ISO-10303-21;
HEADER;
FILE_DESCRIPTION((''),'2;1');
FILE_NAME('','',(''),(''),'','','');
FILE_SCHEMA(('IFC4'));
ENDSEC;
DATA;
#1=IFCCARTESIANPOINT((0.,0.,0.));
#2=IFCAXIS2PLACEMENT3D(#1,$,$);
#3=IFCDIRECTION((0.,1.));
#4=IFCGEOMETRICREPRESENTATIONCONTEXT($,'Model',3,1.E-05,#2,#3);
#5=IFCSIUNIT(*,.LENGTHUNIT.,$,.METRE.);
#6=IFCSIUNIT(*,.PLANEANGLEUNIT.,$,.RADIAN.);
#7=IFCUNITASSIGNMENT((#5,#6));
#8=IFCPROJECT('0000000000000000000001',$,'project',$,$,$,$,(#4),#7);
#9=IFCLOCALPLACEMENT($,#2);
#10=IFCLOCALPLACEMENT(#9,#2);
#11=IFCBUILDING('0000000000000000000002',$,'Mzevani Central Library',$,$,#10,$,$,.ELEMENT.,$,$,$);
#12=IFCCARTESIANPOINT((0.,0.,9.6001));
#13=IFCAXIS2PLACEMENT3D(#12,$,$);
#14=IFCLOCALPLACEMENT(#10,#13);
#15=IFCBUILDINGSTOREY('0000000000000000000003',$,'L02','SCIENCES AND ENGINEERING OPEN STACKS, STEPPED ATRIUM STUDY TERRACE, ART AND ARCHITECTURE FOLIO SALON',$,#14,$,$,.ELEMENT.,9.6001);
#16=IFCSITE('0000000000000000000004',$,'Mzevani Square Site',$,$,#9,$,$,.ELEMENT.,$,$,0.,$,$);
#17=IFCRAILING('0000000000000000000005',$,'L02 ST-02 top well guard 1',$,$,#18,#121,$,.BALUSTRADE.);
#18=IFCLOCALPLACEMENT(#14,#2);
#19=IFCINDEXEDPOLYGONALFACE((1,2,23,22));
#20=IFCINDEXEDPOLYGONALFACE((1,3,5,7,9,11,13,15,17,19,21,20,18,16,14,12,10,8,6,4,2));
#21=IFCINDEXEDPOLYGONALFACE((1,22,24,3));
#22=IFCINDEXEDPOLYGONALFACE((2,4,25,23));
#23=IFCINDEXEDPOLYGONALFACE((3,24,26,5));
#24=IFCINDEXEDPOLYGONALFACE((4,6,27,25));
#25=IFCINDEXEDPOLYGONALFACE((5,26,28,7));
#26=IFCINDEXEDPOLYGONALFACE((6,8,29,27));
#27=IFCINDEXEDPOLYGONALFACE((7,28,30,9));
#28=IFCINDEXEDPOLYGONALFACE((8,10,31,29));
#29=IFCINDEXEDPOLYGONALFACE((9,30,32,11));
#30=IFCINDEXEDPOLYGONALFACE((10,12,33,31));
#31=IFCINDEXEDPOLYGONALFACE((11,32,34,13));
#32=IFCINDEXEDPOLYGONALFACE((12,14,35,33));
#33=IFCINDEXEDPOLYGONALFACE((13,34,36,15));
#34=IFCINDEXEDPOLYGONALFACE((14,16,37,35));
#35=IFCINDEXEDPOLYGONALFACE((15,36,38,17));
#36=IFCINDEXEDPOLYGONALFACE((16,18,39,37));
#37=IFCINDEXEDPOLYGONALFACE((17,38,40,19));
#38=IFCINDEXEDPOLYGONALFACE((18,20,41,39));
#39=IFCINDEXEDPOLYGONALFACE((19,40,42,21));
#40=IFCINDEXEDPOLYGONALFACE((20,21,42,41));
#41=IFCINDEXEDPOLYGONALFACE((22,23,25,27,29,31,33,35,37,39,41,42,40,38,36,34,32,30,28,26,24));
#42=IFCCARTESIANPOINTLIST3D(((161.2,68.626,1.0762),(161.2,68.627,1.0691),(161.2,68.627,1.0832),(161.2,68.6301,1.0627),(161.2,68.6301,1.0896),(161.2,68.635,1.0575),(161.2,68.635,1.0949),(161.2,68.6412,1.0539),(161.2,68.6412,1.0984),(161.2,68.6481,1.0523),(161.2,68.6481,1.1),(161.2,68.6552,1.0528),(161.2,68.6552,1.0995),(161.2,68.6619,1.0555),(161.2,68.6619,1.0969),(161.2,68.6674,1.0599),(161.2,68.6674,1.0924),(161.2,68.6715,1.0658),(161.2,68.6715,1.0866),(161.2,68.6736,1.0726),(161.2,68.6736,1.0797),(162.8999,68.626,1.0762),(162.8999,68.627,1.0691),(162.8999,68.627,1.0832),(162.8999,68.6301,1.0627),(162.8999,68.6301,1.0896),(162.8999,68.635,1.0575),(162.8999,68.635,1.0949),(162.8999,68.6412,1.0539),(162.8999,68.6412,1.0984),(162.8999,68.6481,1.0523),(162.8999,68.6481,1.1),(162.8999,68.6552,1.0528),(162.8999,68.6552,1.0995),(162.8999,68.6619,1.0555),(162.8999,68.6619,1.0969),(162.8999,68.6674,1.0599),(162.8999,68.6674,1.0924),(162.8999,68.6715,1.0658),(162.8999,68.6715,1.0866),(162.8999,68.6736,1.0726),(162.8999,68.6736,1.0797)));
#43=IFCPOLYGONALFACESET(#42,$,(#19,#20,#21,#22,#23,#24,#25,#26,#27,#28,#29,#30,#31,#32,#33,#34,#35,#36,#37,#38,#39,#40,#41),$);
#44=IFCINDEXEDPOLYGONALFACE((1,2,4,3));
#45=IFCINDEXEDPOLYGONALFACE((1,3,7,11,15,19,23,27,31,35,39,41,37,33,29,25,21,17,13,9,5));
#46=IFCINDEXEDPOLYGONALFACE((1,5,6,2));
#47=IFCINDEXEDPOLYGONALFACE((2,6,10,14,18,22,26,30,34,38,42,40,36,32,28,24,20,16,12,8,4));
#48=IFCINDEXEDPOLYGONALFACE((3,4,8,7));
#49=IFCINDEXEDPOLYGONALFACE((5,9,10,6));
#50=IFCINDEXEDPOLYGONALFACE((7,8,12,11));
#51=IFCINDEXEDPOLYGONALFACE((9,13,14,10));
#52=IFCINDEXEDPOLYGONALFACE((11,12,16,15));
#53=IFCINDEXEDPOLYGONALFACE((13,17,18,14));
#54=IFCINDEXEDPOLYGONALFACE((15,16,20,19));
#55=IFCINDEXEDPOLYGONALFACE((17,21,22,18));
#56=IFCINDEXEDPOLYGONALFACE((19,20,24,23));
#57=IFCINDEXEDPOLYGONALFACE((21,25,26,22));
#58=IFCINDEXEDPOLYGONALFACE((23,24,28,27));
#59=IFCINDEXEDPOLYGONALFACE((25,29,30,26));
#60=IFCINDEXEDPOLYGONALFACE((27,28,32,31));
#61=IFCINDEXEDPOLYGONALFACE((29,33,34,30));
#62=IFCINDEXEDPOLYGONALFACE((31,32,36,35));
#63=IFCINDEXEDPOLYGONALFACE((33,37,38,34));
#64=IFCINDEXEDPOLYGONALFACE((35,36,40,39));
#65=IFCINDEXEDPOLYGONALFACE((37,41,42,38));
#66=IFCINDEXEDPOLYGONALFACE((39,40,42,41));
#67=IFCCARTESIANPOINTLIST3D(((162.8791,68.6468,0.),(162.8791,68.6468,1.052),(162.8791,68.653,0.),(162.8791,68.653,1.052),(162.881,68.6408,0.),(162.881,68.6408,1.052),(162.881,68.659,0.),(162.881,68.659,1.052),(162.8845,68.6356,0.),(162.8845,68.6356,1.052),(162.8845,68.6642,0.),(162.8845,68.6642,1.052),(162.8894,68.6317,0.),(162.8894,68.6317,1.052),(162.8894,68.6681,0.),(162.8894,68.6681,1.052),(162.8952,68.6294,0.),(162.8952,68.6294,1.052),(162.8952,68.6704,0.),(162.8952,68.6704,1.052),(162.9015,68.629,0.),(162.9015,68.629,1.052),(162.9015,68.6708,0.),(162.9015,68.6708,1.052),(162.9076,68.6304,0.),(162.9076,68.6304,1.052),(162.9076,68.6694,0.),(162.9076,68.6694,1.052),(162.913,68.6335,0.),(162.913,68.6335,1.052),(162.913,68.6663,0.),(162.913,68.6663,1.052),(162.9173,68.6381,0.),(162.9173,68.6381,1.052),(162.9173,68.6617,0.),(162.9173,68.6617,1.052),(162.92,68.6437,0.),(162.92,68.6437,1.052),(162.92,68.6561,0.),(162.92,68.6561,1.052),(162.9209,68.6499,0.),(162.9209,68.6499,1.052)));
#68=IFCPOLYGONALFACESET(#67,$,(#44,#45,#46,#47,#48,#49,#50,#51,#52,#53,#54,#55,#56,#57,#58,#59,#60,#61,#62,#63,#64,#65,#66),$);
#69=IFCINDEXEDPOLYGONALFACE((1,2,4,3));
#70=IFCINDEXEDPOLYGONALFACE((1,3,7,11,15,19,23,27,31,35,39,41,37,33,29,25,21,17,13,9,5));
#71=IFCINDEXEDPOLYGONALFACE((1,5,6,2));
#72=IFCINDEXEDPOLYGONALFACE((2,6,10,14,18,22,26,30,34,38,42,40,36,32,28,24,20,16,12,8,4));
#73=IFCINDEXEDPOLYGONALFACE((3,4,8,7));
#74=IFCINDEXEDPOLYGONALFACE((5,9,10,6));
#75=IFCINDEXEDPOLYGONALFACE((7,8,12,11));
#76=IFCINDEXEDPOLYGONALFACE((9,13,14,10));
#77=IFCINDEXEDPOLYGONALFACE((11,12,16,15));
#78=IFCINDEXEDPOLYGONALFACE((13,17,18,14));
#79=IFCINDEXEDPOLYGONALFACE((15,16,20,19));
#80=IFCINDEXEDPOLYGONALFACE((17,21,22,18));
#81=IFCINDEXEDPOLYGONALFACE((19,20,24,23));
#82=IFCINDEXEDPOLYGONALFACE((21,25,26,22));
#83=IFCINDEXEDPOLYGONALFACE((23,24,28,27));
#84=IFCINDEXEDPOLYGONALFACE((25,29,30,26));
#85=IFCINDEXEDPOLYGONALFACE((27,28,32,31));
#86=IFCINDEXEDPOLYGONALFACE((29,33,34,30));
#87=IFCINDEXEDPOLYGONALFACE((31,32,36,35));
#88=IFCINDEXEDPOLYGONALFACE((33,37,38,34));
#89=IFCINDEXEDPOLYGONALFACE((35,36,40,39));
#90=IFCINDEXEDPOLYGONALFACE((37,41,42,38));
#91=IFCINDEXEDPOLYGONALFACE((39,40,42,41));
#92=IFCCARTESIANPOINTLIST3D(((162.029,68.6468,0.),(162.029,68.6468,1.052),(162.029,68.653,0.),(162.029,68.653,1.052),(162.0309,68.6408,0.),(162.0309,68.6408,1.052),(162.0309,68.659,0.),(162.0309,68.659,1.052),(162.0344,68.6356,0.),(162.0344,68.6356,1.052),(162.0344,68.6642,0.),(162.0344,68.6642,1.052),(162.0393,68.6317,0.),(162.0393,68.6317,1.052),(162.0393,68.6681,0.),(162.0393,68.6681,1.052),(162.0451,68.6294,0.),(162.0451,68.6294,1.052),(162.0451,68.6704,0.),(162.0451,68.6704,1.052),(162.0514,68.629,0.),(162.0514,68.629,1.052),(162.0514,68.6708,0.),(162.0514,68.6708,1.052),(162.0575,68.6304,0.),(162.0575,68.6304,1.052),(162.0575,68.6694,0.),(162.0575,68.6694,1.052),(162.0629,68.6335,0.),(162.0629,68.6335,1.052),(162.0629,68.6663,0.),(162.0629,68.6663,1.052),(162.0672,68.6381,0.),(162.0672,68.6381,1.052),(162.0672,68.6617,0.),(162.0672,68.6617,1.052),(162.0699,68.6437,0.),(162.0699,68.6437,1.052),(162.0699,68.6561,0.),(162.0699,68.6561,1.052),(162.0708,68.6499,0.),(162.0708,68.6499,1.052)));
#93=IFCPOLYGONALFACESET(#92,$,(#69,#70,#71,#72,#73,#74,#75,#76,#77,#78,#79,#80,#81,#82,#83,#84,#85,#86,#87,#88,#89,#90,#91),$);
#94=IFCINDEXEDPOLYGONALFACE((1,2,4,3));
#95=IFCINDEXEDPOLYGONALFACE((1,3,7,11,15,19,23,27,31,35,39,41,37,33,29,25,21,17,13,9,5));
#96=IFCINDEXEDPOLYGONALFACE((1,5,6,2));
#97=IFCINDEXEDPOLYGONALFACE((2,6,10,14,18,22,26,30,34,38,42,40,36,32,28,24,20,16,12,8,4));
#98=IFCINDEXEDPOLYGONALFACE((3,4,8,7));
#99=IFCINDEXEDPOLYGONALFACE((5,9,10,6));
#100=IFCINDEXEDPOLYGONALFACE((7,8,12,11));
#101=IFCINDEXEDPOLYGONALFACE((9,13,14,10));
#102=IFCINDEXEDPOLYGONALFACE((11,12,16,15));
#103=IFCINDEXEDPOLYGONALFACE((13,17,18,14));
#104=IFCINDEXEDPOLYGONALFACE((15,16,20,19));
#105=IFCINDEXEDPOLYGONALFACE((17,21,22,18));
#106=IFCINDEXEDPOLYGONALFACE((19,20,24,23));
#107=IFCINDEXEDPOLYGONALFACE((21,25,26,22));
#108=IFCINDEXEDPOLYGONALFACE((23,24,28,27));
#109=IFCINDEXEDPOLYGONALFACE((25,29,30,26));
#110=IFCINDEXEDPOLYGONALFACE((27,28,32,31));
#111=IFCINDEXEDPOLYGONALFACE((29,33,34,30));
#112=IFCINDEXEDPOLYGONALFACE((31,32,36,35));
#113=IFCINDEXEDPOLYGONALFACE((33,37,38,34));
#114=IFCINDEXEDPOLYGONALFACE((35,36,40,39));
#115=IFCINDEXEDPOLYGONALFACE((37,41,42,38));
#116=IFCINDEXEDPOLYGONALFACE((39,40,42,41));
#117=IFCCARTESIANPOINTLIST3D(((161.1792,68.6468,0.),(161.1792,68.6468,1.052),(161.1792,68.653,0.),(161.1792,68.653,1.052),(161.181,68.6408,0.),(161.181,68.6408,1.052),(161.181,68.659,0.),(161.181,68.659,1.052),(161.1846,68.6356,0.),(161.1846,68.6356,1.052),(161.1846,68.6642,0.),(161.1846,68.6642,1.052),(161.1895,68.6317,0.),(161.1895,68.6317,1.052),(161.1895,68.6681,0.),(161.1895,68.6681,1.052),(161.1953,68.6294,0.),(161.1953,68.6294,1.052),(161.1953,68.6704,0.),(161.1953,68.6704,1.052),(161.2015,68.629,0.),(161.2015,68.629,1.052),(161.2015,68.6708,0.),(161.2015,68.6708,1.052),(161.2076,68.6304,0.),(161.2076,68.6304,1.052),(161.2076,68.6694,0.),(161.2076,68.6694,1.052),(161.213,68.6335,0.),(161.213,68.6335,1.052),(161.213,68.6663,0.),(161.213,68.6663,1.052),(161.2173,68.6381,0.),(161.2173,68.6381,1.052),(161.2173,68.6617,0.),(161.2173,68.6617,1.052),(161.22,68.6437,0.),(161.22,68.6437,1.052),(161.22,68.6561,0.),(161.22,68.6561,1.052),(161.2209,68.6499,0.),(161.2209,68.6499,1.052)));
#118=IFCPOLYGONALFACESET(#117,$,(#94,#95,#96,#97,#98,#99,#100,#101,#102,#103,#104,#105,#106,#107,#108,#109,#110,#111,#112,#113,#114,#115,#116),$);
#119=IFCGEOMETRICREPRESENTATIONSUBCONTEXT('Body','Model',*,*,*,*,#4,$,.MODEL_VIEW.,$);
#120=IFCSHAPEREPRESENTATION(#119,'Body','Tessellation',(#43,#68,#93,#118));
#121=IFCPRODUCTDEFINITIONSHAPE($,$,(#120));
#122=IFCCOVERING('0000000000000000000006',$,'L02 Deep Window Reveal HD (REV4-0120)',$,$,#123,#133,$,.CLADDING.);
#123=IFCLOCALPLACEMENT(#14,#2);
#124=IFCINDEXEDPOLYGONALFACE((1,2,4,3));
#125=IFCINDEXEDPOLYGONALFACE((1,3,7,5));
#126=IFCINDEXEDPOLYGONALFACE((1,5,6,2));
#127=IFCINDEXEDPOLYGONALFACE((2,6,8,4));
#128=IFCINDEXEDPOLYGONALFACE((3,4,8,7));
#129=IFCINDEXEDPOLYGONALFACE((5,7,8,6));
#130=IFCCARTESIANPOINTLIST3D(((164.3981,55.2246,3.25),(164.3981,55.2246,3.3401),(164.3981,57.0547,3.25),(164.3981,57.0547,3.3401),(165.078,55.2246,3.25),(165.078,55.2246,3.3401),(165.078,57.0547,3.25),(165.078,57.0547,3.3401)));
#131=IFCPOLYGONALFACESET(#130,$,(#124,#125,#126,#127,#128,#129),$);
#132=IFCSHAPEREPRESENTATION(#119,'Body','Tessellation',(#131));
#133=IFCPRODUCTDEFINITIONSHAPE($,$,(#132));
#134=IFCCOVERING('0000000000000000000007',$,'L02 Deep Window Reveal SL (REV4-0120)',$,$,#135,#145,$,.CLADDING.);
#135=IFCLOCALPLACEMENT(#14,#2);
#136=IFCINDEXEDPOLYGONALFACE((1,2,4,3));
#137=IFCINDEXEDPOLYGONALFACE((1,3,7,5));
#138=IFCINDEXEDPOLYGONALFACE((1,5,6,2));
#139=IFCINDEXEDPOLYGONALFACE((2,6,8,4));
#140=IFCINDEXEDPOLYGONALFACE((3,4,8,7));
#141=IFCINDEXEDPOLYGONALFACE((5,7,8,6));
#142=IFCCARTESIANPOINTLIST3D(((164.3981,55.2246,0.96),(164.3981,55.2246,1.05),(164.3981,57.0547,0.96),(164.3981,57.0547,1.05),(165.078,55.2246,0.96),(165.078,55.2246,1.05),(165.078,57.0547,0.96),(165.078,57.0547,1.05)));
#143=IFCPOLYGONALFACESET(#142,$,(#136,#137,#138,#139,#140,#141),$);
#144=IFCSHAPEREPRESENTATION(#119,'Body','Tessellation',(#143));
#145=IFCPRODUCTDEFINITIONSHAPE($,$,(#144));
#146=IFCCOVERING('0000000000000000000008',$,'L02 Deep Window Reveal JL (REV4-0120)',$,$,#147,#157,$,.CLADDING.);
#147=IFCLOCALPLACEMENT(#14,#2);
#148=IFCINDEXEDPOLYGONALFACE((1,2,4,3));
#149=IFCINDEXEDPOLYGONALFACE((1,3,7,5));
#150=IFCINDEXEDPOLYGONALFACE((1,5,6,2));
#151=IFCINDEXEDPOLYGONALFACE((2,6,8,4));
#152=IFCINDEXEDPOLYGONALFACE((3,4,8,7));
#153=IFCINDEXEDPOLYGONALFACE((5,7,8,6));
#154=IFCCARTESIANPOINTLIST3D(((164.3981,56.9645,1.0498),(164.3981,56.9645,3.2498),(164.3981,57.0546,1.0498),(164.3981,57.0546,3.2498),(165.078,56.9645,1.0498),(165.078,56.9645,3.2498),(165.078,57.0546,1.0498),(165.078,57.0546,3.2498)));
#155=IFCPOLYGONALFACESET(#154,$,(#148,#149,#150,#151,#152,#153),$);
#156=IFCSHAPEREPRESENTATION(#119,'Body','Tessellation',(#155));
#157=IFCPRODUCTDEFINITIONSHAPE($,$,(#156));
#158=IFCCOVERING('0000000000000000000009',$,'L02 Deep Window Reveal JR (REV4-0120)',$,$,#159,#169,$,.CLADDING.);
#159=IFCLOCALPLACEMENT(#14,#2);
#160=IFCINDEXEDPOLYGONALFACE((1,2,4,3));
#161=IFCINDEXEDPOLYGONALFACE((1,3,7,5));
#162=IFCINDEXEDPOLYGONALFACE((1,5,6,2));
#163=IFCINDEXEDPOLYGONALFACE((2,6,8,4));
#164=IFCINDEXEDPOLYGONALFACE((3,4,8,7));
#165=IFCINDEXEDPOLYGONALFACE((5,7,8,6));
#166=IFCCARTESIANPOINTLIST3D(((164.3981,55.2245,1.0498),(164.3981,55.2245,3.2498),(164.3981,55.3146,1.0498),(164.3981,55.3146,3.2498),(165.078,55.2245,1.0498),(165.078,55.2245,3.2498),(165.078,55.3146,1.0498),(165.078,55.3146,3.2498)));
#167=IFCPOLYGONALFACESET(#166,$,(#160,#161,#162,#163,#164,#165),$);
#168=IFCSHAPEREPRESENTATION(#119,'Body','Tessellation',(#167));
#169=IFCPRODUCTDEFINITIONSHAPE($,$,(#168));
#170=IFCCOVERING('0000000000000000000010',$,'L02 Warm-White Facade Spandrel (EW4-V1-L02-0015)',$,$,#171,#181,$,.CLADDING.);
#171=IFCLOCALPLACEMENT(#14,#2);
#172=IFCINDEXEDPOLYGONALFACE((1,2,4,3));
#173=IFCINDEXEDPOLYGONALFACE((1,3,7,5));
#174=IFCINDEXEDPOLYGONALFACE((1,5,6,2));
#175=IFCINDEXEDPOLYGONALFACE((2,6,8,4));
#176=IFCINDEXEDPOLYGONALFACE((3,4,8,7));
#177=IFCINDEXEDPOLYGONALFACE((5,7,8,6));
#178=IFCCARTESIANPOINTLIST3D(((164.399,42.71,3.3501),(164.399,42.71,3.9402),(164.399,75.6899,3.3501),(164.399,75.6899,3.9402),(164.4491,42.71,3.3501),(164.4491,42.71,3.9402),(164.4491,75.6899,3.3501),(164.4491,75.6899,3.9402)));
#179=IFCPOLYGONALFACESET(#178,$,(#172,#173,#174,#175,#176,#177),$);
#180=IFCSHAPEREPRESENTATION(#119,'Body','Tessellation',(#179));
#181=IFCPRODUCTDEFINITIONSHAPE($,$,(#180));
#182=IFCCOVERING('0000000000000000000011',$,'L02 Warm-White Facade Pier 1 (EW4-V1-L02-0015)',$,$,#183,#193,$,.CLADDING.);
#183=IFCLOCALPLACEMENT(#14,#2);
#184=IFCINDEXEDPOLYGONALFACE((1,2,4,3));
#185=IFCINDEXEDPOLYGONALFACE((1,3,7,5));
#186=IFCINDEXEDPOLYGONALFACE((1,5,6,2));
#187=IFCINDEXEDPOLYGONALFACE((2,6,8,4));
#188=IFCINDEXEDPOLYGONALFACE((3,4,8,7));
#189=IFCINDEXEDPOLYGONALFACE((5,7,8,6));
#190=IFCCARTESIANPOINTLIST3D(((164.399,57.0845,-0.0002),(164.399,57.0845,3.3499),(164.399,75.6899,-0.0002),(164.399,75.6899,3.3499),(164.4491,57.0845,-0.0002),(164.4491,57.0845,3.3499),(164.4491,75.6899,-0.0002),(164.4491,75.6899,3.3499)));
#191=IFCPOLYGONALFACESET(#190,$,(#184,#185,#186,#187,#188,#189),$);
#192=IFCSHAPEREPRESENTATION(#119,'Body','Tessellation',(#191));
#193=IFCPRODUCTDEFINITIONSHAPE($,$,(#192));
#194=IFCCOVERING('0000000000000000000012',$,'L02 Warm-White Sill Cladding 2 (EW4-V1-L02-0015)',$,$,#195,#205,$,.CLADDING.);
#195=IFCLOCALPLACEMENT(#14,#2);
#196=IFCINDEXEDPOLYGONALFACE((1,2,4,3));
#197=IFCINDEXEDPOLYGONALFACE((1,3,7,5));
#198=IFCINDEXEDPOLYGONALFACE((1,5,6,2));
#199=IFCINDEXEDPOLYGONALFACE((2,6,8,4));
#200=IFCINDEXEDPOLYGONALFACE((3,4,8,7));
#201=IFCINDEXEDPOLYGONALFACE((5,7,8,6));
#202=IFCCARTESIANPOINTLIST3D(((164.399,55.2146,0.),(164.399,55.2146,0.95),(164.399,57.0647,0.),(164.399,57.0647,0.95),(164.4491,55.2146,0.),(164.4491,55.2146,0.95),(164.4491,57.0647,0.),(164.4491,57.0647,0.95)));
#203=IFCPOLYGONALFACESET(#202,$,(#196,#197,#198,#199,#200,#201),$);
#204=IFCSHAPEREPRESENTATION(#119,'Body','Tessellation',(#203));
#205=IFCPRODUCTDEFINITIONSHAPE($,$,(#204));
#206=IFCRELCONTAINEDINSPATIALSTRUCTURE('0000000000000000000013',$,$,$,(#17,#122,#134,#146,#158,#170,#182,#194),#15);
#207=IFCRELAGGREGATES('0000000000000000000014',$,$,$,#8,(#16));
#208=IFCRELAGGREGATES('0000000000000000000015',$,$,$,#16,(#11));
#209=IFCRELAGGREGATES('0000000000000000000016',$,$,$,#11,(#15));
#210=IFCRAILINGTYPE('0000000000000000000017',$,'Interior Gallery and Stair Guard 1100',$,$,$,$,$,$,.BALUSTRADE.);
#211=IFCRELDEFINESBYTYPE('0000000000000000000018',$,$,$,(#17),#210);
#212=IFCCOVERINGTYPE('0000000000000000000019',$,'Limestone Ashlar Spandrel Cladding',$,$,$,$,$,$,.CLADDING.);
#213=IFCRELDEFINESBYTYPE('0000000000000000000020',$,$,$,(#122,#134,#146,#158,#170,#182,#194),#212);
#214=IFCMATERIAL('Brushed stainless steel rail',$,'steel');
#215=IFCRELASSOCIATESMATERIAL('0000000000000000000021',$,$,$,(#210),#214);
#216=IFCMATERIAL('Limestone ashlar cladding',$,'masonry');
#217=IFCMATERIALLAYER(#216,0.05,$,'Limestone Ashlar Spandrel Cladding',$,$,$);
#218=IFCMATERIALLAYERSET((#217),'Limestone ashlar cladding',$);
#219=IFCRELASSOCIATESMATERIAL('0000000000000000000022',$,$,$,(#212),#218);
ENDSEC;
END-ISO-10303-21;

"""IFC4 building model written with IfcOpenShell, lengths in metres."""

from ifc_helpers import new_model, si_unit, direction, frame, origin, origin_2d, place, context, subcontext, project, spatial, rectangle, circle, extrude, material, layer, layer_set, type_object, element, save


model = new_model("IFC4")

# Units and contexts
model_context = context("Model", 3, precision=1e-05, world=origin(), true_north=direction((0.0, 1.0)))
body_context = subcontext(model_context, "Body", "Model", "MODEL_VIEW")
ifc_project = project(units=[si_unit("LENGTHUNIT", "METRE"), si_unit("PLANEANGLEUNIT", "RADIAN")], contexts=[model_context])

# Site, building, storey
site_placement = place(None, origin())
site = spatial("IfcSite", under=ifc_project, at=site_placement, Name="Mzevani Square Site", CompositionType="ELEMENT", RefElevation=0.0)
building_placement = place(site_placement, origin())
building = spatial("IfcBuilding", under=site, at=building_placement, Name="Mzevani Central Library", CompositionType="ELEMENT")
storey_placement = place(building_placement, frame((0.0, 0.0, 9.6001)))
storey = spatial("IfcBuildingStorey", under=building, at=storey_placement, Name="L02", Description="SCIENCES AND ENGINEERING OPEN STACKS, STEPPED ATRIUM STUDY TERRACE, ART AND ARCHITECTURE FOLIO SALON", CompositionType="ELEMENT", Elevation=9.6001)

# Railing
ifc_material_1 = material(Name="Brushed stainless steel rail", Category="steel")
railing_type = type_object("IfcRailingType", Name="Interior Gallery and Stair Guard 1100", PredefinedType="BALUSTRADE", material=ifc_material_1)
railing_placement = place(storey_placement, frame((162.8999, 68.6499, 0.0)))
element("IfcRailing", 1, at=railing_placement, inside=storey, type_object=railing_type, Name="L02 ST-02 top well guard 1", PredefinedType="BALUSTRADE", context=body_context, shape_type="SweptSolid", body=[
    extrude(circle(Radius=0.0239, at=origin_2d()), frame((0.0, 0.0, 1.0762), z_axis=(-1.0, 0.0, 0.0), x_axis=(0.0, -1.0, 0.0)), (0.0, 0.0, 1.0), 1.7),
    extrude(circle(Radius=0.021, at=origin_2d()), origin(), (0.0, 0.0, 1.0), 1.052),
    extrude(circle(Radius=0.021, at=origin_2d()), frame((-0.8501, 0.0, 0.0)), (0.0, 0.0, 1.0), 1.052),
    extrude(circle(Radius=0.021, at=origin_2d()), frame((-1.7, 0.0, 0.0)), (0.0, 0.0, 1.0), 1.052),
])

# Coverings
ifc_material_2 = material(Name="Limestone ashlar cladding", Category="masonry")
ifc_layer_1 = layer(ifc_material_2, 0.05, Name="Limestone Ashlar Spandrel Cladding")
ifc_layer_set_1 = layer_set([ifc_layer_1], Name="Limestone ashlar cladding")
covering_type = type_object("IfcCoveringType", Name="Limestone Ashlar Spandrel Cladding", PredefinedType="CLADDING", material=ifc_layer_set_1)
for number, where, z_axis, x_axis, name in (
    (2, (164.738, 56.1396, 3.25), (0.0, 0.0, 1.0), (0.0, -1.0, 0.0), "L02 Deep Window Reveal HD (REV4-0120)"),
    (3, (164.738, 56.1396, 0.96), (0.0, 0.0, 1.0), (0.0, -1.0, 0.0), "L02 Deep Window Reveal SL (REV4-0120)"),
):
    element("IfcCovering", number, at=place(storey_placement, frame(where, z_axis=z_axis, x_axis=x_axis)), inside=storey, type_object=covering_type, Name=name, PredefinedType="CLADDING", context=body_context, shape_type="SweptSolid", body=[
        extrude(rectangle(XDim=1.8301, YDim=0.6799, at=origin_2d()), origin(), (0.0, 0.0, 1.0), 0.0901),
    ])
for number, where, z_axis, x_axis, name in (
    (4, (164.738, 57.0095, 1.0498), (0.0, 0.0, 1.0), (0.0, -1.0, 0.0), "L02 Deep Window Reveal JL (REV4-0120)"),
    (5, (164.738, 55.2695, 1.0498), (0.0, 0.0, 1.0), (0.0, -1.0, 0.0), "L02 Deep Window Reveal JR (REV4-0120)"),
):
    element("IfcCovering", number, at=place(storey_placement, frame(where, z_axis=z_axis, x_axis=x_axis)), inside=storey, type_object=covering_type, Name=name, PredefinedType="CLADDING", context=body_context, shape_type="SweptSolid", body=[
        extrude(rectangle(XDim=0.0901, YDim=0.6799, at=origin_2d()), origin(), (0.0, 0.0, 1.0), 2.2),
    ])
covering_1_placement = place(storey_placement, frame((164.4241, 59.2, 3.3501), z_axis=(0.0, 0.0, 1.0), x_axis=(0.0, -1.0, 0.0)))
element("IfcCovering", 6, at=covering_1_placement, inside=storey, type_object=covering_type, Name="L02 Warm-White Facade Spandrel (EW4-V1-L02-0015)", PredefinedType="CLADDING", context=body_context, shape_type="SweptSolid", body=[
    extrude(rectangle(XDim=32.98, YDim=0.05, at=origin_2d()), origin(), (0.0, 0.0, 1.0), 0.5901),
])
covering_2_placement = place(storey_placement, frame((164.4241, 66.3872, -0.0002), z_axis=(0.0, 0.0, 1.0), x_axis=(0.0, -1.0, 0.0)))
element("IfcCovering", 7, at=covering_2_placement, inside=storey, type_object=covering_type, Name="L02 Warm-White Facade Pier 1 (EW4-V1-L02-0015)", PredefinedType="CLADDING", context=body_context, shape_type="SweptSolid", body=[
    extrude(rectangle(XDim=18.6055, YDim=0.05, at=origin_2d()), origin(), (0.0, 0.0, 1.0), 3.3501),
])
covering_3_placement = place(storey_placement, frame((164.4241, 56.1396, 0.0), z_axis=(0.0, 0.0, 1.0), x_axis=(0.0, -1.0, 0.0)))
element("IfcCovering", 8, at=covering_3_placement, inside=storey, type_object=covering_type, Name="L02 Warm-White Sill Cladding 2 (EW4-V1-L02-0015)", PredefinedType="CLADDING", context=body_context, shape_type="SweptSolid", body=[
    extrude(rectangle(XDim=1.8501, YDim=0.05, at=origin_2d()), origin(), (0.0, 0.0, 1.0), 0.95),
])

save(model, "model.ifc")
